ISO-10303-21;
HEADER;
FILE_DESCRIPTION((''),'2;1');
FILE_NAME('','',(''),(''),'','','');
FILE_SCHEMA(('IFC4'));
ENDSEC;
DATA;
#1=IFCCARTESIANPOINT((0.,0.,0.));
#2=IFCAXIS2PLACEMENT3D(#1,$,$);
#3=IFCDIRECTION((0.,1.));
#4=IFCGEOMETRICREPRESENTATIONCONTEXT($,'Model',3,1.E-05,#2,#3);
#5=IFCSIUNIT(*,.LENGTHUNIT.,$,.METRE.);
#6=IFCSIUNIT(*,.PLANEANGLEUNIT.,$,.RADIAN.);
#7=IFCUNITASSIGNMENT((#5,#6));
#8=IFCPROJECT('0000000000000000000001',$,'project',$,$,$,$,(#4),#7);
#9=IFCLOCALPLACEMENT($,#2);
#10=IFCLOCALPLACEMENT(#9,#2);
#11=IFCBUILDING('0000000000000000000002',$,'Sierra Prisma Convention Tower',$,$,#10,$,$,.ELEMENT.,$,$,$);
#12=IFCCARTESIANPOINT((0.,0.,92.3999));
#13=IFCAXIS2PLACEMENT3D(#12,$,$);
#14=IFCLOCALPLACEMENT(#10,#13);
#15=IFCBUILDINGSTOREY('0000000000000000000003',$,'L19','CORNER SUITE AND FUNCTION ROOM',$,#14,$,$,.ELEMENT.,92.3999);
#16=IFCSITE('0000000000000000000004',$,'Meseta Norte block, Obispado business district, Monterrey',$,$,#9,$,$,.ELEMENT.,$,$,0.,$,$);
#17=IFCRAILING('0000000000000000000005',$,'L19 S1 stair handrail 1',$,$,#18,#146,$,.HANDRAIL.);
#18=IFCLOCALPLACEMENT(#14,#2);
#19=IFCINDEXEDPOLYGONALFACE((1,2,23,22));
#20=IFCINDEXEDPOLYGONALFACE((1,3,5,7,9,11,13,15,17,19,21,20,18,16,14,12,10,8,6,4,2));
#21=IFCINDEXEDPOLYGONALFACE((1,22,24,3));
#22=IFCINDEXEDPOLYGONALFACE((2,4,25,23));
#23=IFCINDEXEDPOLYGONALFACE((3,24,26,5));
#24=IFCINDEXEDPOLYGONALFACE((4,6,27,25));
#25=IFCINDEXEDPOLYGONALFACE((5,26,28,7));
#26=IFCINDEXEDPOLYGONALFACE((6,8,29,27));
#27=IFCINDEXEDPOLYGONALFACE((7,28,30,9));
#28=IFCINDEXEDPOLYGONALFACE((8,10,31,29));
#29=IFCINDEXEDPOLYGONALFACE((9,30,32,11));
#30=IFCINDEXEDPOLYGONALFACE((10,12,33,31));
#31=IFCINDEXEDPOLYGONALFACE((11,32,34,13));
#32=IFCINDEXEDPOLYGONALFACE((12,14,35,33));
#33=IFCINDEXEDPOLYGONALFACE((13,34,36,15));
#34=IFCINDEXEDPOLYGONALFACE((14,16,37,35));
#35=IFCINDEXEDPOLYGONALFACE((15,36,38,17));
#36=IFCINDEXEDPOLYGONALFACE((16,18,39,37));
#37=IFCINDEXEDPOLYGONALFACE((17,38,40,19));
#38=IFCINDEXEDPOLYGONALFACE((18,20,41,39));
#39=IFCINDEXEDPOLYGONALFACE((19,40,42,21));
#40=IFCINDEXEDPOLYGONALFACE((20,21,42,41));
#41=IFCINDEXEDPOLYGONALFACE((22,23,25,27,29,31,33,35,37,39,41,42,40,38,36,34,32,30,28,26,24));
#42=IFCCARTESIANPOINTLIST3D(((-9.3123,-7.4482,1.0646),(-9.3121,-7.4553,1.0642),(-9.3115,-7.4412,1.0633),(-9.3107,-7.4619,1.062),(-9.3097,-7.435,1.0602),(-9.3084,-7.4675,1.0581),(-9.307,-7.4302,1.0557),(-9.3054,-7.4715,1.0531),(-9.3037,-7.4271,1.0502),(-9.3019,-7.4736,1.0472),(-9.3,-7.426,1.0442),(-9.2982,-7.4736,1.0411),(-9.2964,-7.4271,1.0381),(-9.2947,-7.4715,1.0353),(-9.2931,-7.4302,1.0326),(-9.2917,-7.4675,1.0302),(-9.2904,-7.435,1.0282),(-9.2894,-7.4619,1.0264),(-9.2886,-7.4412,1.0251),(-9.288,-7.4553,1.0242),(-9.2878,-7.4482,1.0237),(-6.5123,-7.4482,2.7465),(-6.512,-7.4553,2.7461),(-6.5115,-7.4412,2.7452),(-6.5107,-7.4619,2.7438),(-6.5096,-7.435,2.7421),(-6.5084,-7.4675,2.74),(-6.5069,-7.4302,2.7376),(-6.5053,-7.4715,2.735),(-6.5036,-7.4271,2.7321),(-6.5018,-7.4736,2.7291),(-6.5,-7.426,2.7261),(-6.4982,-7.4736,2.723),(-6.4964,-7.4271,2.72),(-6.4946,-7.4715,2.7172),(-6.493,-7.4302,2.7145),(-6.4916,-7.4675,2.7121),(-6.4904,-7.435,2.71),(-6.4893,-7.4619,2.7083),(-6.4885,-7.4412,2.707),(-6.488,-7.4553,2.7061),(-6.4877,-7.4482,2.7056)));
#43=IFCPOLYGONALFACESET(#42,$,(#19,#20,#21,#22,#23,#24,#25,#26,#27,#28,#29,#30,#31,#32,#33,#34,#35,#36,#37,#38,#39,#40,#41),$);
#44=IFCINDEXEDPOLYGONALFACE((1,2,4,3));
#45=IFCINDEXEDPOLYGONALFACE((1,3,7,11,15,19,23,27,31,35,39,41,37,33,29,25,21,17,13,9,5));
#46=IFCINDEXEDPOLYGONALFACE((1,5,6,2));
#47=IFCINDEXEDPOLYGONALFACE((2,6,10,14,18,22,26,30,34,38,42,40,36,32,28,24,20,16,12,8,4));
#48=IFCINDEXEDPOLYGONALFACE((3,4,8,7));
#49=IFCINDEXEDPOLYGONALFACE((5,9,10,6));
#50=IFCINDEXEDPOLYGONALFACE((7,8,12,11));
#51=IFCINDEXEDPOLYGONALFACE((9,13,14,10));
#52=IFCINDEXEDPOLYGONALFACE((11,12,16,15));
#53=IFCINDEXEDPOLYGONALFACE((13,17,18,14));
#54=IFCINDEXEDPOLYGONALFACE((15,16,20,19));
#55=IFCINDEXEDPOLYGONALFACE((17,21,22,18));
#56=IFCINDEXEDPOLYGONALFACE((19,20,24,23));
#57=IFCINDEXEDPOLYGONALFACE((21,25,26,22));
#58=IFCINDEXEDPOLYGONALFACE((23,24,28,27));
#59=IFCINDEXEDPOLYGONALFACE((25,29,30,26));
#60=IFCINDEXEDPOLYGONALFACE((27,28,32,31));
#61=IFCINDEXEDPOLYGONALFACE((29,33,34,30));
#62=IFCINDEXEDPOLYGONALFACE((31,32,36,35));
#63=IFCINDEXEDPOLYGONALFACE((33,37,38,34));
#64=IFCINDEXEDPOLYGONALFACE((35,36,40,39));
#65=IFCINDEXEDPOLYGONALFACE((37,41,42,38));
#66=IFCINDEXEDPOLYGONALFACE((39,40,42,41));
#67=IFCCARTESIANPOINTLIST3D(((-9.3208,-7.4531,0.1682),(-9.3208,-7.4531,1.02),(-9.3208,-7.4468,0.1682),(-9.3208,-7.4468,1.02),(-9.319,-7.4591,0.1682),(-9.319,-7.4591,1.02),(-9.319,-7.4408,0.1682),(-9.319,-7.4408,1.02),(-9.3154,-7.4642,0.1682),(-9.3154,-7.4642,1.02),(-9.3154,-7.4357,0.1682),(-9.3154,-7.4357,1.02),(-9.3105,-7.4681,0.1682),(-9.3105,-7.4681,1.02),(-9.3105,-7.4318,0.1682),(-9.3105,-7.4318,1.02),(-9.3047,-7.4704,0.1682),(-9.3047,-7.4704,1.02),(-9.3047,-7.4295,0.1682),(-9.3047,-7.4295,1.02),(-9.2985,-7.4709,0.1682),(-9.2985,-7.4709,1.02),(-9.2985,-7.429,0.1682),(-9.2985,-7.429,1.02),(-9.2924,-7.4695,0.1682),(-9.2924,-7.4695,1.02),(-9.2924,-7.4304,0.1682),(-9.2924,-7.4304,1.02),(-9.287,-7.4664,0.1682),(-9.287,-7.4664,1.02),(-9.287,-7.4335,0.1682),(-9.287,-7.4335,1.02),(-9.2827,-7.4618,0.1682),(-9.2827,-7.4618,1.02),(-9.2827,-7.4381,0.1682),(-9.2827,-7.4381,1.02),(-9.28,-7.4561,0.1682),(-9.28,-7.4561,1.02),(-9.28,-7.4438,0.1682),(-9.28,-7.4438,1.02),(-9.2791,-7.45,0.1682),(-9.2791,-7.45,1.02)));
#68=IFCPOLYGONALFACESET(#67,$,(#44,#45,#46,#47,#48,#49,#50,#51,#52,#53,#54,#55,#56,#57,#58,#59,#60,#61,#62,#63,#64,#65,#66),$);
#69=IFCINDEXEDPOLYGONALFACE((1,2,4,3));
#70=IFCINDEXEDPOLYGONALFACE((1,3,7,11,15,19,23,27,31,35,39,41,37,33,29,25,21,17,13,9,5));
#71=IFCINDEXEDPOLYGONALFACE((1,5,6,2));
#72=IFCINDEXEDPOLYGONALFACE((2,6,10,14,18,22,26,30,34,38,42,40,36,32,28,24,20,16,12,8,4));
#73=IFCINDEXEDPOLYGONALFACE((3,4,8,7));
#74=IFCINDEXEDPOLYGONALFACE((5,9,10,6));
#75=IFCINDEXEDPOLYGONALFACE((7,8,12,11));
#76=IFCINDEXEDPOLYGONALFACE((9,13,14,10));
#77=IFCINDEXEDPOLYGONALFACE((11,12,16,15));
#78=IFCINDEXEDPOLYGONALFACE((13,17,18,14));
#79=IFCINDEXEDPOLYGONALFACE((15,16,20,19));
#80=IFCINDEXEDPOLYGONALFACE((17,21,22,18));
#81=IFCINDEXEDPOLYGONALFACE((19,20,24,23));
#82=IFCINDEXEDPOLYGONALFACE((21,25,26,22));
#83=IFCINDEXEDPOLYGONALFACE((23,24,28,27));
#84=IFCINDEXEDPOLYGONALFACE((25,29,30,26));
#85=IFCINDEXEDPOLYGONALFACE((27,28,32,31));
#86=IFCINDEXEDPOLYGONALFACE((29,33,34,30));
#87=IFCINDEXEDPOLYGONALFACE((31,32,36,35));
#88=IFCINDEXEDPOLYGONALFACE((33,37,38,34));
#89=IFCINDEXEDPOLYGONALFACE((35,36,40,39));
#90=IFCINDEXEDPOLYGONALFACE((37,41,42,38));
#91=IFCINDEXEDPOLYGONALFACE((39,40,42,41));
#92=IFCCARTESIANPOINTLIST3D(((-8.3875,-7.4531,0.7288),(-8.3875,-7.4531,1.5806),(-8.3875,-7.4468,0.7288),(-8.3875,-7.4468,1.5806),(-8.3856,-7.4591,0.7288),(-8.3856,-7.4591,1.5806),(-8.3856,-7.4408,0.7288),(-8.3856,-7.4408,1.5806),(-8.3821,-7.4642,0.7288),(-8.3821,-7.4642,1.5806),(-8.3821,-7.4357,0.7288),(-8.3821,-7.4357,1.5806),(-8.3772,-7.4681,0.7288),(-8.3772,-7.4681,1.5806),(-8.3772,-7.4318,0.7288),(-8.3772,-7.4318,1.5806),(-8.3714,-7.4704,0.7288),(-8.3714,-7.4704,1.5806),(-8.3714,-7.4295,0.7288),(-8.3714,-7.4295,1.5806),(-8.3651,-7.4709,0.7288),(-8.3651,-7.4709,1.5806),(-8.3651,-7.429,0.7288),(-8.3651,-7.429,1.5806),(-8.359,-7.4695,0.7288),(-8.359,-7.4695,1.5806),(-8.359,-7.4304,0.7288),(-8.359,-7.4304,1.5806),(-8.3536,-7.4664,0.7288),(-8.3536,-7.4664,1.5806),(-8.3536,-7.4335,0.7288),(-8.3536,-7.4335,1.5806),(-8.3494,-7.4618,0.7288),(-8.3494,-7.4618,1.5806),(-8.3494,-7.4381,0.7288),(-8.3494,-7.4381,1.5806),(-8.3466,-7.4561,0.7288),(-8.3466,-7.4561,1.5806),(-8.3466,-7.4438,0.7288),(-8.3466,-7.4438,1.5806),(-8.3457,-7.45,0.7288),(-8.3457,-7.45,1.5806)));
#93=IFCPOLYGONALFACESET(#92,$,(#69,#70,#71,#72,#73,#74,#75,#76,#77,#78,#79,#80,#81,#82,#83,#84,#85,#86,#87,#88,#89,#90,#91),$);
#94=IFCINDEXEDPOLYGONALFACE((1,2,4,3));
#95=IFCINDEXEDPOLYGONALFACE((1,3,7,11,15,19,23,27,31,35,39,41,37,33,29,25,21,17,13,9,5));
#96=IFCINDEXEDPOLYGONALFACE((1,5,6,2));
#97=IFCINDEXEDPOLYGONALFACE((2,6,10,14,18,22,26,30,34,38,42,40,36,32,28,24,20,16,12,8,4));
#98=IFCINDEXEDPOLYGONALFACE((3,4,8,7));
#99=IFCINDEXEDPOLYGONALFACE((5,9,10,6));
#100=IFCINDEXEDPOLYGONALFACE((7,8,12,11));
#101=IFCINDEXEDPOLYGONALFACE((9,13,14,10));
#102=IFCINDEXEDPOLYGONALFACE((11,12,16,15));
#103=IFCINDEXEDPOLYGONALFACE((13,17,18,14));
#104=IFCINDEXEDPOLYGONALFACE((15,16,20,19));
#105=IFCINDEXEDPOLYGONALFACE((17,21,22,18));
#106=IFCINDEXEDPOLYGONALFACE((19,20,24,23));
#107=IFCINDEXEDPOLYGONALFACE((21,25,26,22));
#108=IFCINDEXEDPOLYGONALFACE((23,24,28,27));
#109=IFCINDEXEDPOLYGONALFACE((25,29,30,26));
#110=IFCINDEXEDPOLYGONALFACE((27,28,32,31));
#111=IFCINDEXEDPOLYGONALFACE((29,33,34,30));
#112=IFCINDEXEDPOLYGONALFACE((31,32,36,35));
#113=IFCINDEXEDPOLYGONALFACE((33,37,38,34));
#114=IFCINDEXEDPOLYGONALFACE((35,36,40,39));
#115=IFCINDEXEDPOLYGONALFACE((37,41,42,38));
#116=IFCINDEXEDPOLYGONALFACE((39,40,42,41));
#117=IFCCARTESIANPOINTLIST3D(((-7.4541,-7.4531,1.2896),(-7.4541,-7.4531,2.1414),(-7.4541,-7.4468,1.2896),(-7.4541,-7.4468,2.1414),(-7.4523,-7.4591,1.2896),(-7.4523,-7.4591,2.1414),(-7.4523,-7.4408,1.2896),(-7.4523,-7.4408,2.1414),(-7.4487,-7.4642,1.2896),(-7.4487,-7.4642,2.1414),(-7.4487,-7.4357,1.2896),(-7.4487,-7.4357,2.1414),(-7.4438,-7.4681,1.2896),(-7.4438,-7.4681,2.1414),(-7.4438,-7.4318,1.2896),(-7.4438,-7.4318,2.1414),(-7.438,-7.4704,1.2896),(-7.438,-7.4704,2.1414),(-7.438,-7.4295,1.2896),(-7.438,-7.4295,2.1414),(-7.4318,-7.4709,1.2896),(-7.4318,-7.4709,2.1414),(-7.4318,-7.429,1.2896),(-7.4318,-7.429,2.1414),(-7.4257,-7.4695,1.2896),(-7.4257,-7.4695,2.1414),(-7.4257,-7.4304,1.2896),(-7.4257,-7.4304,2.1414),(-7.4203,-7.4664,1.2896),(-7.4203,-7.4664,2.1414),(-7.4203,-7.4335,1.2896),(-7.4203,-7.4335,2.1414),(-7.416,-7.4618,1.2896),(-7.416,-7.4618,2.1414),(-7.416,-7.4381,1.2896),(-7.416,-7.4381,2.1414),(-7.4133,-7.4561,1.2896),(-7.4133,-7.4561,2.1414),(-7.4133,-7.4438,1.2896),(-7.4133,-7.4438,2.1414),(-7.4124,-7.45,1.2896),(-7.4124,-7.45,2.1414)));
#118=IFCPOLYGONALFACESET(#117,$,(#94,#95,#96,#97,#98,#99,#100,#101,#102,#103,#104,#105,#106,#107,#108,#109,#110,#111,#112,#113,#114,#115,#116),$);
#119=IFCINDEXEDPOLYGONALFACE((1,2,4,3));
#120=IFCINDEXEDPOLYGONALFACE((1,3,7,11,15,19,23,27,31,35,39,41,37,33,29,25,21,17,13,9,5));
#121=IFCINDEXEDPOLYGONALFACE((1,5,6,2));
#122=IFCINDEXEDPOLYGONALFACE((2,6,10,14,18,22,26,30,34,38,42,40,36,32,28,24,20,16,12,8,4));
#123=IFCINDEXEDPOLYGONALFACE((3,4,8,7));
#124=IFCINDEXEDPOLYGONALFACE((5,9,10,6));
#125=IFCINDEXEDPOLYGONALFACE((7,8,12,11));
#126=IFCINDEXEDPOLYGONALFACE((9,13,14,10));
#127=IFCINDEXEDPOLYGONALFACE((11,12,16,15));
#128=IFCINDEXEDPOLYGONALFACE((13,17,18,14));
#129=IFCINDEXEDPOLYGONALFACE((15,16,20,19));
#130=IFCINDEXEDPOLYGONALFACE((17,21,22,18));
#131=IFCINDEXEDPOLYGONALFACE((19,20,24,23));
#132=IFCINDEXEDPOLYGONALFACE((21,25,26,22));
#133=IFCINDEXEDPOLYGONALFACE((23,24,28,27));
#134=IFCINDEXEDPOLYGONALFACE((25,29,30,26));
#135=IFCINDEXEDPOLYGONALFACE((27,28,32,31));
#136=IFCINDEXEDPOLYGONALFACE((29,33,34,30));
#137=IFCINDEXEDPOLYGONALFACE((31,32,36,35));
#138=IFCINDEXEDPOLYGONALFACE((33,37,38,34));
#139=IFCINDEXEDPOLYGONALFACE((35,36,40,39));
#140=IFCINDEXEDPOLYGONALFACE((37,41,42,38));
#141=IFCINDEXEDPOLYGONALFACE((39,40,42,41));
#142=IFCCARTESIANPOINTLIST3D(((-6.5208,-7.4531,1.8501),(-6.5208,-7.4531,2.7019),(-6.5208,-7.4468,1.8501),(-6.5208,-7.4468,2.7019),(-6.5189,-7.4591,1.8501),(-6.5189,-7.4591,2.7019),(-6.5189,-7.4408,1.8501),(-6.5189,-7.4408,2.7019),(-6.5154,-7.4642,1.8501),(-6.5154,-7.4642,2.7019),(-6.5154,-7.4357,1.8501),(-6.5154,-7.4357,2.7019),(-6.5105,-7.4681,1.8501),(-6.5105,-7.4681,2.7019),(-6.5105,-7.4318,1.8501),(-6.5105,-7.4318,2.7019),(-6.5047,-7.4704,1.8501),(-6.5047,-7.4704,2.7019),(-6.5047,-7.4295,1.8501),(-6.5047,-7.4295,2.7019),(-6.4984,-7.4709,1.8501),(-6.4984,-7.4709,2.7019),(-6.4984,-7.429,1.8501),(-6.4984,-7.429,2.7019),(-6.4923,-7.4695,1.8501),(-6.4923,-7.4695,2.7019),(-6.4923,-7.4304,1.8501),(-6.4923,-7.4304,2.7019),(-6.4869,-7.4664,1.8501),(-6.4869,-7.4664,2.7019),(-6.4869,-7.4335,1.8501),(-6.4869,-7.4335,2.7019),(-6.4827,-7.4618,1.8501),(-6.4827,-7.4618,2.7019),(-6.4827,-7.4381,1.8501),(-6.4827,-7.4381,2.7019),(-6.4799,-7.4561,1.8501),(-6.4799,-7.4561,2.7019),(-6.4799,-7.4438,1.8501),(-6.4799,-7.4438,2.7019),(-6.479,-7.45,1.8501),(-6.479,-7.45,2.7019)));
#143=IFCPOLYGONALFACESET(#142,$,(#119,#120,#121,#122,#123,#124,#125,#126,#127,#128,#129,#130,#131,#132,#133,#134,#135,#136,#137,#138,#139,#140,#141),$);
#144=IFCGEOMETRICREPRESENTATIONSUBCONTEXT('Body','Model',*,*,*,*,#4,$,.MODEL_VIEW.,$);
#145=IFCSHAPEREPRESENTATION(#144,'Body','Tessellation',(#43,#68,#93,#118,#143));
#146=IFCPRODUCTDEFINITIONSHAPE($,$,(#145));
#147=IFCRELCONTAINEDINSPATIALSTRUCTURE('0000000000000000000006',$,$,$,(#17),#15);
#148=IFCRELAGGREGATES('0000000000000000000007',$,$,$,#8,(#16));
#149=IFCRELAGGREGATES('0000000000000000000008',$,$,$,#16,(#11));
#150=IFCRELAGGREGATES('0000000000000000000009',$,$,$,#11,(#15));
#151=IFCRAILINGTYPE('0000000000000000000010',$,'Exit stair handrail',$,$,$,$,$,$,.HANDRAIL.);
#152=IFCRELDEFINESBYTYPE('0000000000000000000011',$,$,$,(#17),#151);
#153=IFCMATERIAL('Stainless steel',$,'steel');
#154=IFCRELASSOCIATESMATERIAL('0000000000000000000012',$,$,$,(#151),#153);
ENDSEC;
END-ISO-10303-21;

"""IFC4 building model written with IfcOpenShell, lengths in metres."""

from ifc_helpers import new_model, si_unit, direction, frame, origin, origin_2d, place, context, subcontext, project, spatial, circle, extrude, material, type_object, element, save


model = new_model("IFC4")

# Units and contexts
model_context = context("Model", 3, precision=1e-05, world=origin(), true_north=direction((0.0, 1.0)))
body_context = subcontext(model_context, "Body", "Model", "MODEL_VIEW")
ifc_project = project(units=[si_unit("LENGTHUNIT", "METRE"), si_unit("PLANEANGLEUNIT", "RADIAN")], contexts=[model_context])

# Site, building, storey
site_placement = place(None, origin())
site = spatial("IfcSite", under=ifc_project, at=site_placement, Name="Meseta Norte block, Obispado business district, Monterrey", CompositionType="ELEMENT", RefElevation=0.0)
building_placement = place(site_placement, origin())
building = spatial("IfcBuilding", under=site, at=building_placement, Name="Sierra Prisma Convention Tower", CompositionType="ELEMENT")
storey_placement = place(building_placement, frame((0.0, 0.0, 92.3999)))
storey = spatial("IfcBuildingStorey", under=building, at=storey_placement, Name="L19", Description="CORNER SUITE AND FUNCTION ROOM", CompositionType="ELEMENT", Elevation=92.3999)

# Railing
ifc_material_1 = material(Name="Stainless steel", Category="steel")
railing_type_1 = type_object("IfcRailingType", Name="Exit stair handrail", PredefinedType="HANDRAIL", material=ifc_material_1)
railing_1_placement = place(storey_placement, frame((-9.3, -7.45, 0.1682)))
element("IfcRailing", 1, at=railing_1_placement, inside=storey, type_object=railing_type_1, Name="L19 S1 stair handrail 1", PredefinedType="HANDRAIL", context=body_context, shape_type="SweptSolid", body=[
    extrude(circle(Radius=0.0239, at=origin_2d()), frame((0.0, 0.0, 0.876), z_axis=(0.857242, 0.0, 0.514913), x_axis=(0.0, 1.0, 0.0)), (0.0, 0.0, 1.0), 3.2664),
    extrude(circle(Radius=0.021, at=origin_2d()), origin(), (0.0, 0.0, 1.0), 0.8518),
    extrude(circle(Radius=0.021, at=origin_2d()), frame((0.9333, 0.0, 0.5605)), (0.0, 0.0, 1.0), 0.8518),
    extrude(circle(Radius=0.021, at=origin_2d()), frame((1.8667, 0.0, 1.1213)), (0.0, 0.0, 1.0), 0.8518),
    extrude(circle(Radius=0.021, at=origin_2d()), frame((2.8, 0.0, 1.6819)), (0.0, 0.0, 1.0), 0.8518),
])

save(model, "model.ifc")
